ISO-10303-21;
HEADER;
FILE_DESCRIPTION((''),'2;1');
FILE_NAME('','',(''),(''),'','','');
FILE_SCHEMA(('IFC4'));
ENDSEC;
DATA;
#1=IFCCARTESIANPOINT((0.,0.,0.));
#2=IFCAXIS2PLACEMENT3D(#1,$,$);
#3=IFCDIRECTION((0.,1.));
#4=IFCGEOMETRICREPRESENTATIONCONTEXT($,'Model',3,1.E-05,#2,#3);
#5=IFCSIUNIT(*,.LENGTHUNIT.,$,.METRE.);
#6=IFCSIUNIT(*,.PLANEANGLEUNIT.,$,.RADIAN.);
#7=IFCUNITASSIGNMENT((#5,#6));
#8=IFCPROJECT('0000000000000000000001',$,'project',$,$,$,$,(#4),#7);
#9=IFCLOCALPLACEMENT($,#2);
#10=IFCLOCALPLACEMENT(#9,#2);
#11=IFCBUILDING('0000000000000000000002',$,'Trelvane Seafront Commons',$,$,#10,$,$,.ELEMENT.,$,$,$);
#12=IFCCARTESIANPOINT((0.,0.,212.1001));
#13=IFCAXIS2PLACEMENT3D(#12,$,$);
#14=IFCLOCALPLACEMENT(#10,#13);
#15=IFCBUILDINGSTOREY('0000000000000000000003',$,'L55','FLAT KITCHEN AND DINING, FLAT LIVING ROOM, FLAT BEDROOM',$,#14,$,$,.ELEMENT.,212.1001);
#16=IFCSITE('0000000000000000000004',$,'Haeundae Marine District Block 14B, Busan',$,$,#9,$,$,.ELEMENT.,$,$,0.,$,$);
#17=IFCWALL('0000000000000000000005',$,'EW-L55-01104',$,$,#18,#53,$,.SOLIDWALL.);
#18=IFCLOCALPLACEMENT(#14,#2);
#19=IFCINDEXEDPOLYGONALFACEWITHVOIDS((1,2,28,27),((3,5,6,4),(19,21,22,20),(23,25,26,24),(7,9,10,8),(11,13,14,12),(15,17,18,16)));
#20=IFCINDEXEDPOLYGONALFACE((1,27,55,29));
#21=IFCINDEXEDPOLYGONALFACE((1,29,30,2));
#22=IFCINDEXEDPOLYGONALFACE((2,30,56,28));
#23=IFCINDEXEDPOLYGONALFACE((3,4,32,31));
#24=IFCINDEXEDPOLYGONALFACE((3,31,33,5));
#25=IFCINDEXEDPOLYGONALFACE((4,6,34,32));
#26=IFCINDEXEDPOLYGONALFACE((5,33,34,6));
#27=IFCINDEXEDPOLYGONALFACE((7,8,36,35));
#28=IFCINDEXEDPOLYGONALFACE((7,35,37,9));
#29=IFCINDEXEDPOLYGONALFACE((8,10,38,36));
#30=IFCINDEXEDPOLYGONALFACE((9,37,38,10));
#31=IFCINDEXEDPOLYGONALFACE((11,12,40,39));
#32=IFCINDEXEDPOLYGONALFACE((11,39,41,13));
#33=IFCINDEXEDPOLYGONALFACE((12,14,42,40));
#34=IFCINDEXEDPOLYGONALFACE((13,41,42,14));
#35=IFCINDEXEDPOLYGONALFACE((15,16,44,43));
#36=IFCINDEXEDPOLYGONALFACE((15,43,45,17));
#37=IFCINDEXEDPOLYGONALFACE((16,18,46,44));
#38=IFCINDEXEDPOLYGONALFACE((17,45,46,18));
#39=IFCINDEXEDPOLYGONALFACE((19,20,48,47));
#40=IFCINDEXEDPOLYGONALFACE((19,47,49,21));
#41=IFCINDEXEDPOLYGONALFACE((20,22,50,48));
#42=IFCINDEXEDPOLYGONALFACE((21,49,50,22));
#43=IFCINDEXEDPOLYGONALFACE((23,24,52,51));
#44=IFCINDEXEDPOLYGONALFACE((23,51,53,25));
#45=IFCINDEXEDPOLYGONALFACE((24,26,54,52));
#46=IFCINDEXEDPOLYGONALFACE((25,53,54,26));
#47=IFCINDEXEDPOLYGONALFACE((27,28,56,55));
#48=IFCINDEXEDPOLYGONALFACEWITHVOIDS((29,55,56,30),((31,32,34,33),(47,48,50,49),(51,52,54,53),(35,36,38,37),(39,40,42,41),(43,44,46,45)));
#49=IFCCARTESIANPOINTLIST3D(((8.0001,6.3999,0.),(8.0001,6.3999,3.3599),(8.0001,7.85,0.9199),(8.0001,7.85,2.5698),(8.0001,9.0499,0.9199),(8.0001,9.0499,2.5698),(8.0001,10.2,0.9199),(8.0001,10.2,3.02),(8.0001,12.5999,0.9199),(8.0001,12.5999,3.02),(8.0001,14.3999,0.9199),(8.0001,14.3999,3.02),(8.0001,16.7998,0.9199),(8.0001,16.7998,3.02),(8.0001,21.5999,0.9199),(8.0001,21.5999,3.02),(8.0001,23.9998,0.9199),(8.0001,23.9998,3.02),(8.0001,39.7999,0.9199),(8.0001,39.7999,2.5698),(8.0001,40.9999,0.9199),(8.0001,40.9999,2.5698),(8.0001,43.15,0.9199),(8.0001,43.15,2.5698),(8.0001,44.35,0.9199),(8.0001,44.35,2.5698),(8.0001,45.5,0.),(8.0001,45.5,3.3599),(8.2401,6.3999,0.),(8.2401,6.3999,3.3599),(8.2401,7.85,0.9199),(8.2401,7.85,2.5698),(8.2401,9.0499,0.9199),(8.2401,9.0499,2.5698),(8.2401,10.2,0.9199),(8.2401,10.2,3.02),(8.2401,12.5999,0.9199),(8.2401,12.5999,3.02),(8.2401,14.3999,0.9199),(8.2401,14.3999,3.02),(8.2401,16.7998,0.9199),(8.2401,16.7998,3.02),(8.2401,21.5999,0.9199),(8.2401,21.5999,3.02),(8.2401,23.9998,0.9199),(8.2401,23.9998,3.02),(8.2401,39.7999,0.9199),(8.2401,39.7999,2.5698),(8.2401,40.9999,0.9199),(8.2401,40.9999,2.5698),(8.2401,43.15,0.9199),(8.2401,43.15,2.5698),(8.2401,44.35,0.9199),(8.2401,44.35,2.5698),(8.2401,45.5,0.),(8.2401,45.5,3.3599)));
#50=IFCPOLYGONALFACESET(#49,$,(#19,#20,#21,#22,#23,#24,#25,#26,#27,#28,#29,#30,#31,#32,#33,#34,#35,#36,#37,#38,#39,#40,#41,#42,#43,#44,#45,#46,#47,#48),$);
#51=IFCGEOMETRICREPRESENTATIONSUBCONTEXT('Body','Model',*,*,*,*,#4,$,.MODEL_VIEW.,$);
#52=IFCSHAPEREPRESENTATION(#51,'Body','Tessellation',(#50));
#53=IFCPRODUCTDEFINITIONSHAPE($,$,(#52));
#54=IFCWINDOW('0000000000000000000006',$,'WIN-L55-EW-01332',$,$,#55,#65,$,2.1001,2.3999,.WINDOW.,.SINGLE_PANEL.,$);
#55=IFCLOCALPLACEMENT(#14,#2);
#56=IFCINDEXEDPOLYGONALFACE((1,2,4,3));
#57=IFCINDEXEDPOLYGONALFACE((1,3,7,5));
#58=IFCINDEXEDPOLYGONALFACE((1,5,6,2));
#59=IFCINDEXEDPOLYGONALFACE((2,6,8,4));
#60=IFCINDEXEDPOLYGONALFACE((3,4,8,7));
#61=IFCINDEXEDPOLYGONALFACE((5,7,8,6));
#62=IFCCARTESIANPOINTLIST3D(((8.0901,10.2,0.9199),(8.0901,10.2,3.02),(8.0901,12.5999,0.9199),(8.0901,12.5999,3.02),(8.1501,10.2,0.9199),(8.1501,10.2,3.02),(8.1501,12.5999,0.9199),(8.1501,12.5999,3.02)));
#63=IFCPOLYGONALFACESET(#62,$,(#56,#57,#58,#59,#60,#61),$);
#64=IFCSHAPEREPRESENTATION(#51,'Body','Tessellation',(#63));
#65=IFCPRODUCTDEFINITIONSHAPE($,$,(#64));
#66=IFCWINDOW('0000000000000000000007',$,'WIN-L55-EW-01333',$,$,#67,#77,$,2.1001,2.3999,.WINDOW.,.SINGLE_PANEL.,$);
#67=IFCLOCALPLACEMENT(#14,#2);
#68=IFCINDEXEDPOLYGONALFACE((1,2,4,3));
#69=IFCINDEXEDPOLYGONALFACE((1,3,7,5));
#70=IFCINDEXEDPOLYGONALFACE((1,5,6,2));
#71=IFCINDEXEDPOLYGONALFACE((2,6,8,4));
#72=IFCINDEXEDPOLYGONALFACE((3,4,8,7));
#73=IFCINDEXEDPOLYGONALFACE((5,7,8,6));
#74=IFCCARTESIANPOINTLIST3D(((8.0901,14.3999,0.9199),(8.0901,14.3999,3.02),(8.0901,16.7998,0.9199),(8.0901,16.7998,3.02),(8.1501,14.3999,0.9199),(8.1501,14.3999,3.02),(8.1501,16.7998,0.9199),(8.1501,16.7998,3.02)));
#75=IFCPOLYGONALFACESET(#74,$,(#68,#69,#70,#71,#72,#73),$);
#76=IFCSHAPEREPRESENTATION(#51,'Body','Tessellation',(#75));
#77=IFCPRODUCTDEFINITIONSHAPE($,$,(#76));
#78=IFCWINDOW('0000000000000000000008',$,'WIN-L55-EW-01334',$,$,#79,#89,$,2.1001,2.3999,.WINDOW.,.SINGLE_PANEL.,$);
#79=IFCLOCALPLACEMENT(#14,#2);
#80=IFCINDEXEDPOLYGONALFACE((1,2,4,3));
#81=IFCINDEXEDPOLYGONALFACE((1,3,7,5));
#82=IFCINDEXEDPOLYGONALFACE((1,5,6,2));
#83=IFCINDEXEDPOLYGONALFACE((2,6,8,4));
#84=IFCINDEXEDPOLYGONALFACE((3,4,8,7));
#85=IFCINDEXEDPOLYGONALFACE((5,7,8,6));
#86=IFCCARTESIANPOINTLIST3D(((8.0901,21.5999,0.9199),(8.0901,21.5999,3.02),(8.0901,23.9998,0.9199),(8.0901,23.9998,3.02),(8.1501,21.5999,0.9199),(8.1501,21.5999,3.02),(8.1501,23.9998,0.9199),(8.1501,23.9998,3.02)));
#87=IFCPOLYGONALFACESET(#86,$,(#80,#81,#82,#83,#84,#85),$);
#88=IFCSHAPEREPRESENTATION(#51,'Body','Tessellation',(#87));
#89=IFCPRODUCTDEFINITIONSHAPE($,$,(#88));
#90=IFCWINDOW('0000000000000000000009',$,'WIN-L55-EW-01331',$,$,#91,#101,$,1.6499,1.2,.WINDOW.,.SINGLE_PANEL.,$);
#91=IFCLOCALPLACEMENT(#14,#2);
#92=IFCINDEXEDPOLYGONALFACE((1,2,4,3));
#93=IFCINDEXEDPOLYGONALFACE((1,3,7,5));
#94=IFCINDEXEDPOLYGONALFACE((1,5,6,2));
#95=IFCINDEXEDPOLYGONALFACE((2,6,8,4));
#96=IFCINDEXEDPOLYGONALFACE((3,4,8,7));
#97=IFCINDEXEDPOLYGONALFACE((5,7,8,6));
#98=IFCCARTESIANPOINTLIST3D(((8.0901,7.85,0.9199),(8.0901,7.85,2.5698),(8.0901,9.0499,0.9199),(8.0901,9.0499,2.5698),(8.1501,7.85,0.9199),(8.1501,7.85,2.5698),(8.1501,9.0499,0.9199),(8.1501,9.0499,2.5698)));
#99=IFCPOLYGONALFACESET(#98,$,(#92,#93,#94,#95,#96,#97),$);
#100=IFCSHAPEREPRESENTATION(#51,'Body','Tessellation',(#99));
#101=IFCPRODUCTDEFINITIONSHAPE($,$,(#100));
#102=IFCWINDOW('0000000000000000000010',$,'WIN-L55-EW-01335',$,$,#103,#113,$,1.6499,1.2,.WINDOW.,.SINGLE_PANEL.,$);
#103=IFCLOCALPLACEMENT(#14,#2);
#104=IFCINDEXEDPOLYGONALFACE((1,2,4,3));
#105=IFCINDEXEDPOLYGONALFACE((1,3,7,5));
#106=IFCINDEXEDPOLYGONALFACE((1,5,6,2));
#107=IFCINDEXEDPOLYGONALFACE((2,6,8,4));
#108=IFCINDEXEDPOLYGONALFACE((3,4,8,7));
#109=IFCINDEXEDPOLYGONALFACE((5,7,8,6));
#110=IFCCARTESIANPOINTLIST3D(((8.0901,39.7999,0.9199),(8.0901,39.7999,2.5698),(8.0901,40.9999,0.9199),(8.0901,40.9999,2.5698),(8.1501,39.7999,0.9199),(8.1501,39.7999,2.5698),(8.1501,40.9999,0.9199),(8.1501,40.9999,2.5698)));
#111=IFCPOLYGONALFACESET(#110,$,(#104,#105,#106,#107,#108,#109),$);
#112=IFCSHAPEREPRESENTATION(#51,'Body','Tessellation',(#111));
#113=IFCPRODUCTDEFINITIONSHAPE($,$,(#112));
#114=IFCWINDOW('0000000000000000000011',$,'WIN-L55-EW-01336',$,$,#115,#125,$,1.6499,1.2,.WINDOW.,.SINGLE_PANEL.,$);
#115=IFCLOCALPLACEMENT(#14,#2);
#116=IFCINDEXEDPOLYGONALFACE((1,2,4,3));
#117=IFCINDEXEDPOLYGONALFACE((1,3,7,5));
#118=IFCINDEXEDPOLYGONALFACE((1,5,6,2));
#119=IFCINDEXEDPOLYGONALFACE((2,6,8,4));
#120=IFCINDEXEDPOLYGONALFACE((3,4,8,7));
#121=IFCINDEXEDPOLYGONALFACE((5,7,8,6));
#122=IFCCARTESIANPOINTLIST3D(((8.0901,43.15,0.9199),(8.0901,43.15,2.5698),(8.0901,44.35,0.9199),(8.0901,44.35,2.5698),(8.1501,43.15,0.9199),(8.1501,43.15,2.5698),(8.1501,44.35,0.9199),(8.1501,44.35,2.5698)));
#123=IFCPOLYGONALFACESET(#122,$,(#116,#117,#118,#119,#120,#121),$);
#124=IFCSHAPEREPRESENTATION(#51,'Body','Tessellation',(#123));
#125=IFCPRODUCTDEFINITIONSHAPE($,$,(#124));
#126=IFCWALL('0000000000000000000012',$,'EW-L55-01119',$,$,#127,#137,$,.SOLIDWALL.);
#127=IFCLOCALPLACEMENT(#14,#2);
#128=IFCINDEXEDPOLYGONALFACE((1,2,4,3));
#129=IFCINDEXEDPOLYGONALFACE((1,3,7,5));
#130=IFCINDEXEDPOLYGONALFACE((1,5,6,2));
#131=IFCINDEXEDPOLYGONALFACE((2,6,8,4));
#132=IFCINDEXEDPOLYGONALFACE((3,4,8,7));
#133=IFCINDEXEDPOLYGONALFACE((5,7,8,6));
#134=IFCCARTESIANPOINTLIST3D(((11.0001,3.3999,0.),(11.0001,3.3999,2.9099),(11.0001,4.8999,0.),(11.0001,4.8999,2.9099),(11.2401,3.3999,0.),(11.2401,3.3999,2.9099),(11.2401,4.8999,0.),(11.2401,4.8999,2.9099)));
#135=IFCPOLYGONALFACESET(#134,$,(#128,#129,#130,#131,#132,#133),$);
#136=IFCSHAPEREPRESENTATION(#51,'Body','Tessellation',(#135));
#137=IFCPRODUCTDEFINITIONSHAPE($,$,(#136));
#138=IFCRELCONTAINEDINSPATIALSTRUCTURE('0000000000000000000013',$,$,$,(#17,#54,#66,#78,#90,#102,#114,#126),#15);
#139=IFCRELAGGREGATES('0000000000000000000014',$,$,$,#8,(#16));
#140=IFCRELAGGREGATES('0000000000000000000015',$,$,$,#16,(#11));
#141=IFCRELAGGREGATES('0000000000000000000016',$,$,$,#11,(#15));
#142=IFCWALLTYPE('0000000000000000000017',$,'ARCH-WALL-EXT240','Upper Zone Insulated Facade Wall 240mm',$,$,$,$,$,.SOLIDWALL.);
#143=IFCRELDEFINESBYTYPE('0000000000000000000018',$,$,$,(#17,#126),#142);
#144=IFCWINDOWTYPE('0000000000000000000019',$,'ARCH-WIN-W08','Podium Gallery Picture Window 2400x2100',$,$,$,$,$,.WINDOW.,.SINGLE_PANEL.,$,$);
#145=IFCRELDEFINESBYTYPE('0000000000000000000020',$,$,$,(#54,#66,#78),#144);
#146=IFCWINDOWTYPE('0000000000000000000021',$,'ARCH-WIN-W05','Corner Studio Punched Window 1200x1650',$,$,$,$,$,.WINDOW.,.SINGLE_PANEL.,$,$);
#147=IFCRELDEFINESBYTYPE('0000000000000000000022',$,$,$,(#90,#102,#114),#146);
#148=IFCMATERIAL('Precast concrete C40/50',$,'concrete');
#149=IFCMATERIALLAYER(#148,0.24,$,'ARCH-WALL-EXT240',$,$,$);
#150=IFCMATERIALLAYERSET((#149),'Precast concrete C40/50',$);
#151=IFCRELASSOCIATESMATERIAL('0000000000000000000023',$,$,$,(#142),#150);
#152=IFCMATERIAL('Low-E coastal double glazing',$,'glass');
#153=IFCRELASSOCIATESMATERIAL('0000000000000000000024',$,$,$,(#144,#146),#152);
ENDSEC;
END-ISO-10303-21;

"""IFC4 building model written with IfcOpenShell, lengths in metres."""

from ifc_helpers import new_model, si_unit, direction, frame, frame_2d, origin, place, context, subcontext, project, spatial, rectangle, extrude, source, transform, mapped, material, layer, layer_set, type_object, element, fill, save


model = new_model("IFC4")

# Units and contexts
model_context = context("Model", 3, precision=1e-05, world=origin(), true_north=direction((0.0, 1.0)))
body_context = subcontext(model_context, "Body", "Model", "MODEL_VIEW")
ifc_project = project(units=[si_unit("LENGTHUNIT", "METRE"), si_unit("PLANEANGLEUNIT", "RADIAN")], contexts=[model_context])

# Site, building, storey
site_placement = place(None, origin())
site = spatial("IfcSite", under=ifc_project, at=site_placement, Name="Haeundae Marine District Block 14B, Busan", CompositionType="ELEMENT", RefElevation=0.0)
building_placement = place(site_placement, origin())
building = spatial("IfcBuilding", under=site, at=building_placement, Name="Trelvane Seafront Commons", CompositionType="ELEMENT")
storey_placement = place(building_placement, frame((0.0, 0.0, 212.1001)))
storey = spatial("IfcBuildingStorey", under=building, at=storey_placement, Name="L55", Description="FLAT KITCHEN AND DINING, FLAT LIVING ROOM, FLAT BEDROOM", CompositionType="ELEMENT", Elevation=212.1001)

# Shared definitions
ifc_material_1 = material(Name="Precast concrete C40/50", Category="concrete")
ifc_layer_1 = layer(ifc_material_1, 0.24, Name="ARCH-WALL-EXT240")
ifc_layer_set_1 = layer_set([ifc_layer_1], Name="Precast concrete C40/50")
wall_type_1 = type_object("IfcWallType", Name="ARCH-WALL-EXT240", Description="Upper Zone Insulated Facade Wall 240mm", PredefinedType="SOLIDWALL", material=ifc_layer_set_1)

# Wall, openings, windows
wall_1_placement = place(storey_placement, frame((8.1201, 6.3999, 0.0), z_axis=(0.0, 0.0, 1.0), x_axis=(0.0, 1.0, 0.0)))
wall_1 = element("IfcWall", 1, at=wall_1_placement, inside=storey, type_object=wall_type_1, Name="EW-L55-01104", PredefinedType="SOLIDWALL", context=body_context, shape_type="SweptSolid", body=[
    extrude(rectangle(XDim=39.1001, YDim=0.24, at=frame_2d((19.55, 0.0))), origin(), (0.0, 0.0, 1.0), 3.3599),
])
opening_1_placement = place(wall_1_placement, frame((1.45, 0.0, 0.9199)))
opening_1 = element("IfcOpeningElement", 2, at=opening_1_placement, cuts=wall_1, PredefinedType="OPENING", context=body_context, shape_type="SweptSolid", body=[
    extrude(rectangle(XDim=1.2, YDim=1.6499, at=frame_2d((0.6001, 0.825))), frame((0.0, 0.1299, 0.0), z_axis=(0.0, -1.0, 0.0), x_axis=(1.0, 0.0, 0.0)), (0.0, 0.0, 1.0), 0.26),
])
opening_2_placement = place(wall_1_placement, frame((3.8, 0.0, 0.9199)))
opening_2 = element("IfcOpeningElement", 3, at=opening_2_placement, cuts=wall_1, PredefinedType="OPENING", context=body_context, shape_type="SweptSolid", body=[
    extrude(rectangle(XDim=2.3999, YDim=2.1001, at=frame_2d((1.2, 1.05))), frame((0.0, 0.1299, 0.0), z_axis=(0.0, -1.0, 0.0), x_axis=(1.0, 0.0, 0.0)), (0.0, 0.0, 1.0), 0.26),
])
opening_3_placement = place(wall_1_placement, frame((8.0, 0.0, 0.9199)))
opening_3 = element("IfcOpeningElement", 4, at=opening_3_placement, cuts=wall_1, PredefinedType="OPENING", context=body_context, shape_type="SweptSolid", body=[
    extrude(rectangle(XDim=2.3999, YDim=2.1001, at=frame_2d((1.2, 1.05))), frame((0.0, 0.1299, 0.0), z_axis=(0.0, -1.0, 0.0), x_axis=(1.0, 0.0, 0.0)), (0.0, 0.0, 1.0), 0.26),
])
opening_4_placement = place(wall_1_placement, frame((15.2, 0.0, 0.9199)))
opening_4 = element("IfcOpeningElement", 5, at=opening_4_placement, cuts=wall_1, PredefinedType="OPENING", context=body_context, shape_type="SweptSolid", body=[
    extrude(rectangle(XDim=2.3999, YDim=2.1001, at=frame_2d((1.2, 1.05))), frame((0.0, 0.1299, 0.0), z_axis=(0.0, -1.0, 0.0), x_axis=(1.0, 0.0, 0.0)), (0.0, 0.0, 1.0), 0.26),
])
opening_5_placement = place(wall_1_placement, frame((33.3999, 0.0, 0.9199)))
opening_5 = element("IfcOpeningElement", 6, at=opening_5_placement, cuts=wall_1, PredefinedType="OPENING", context=body_context, shape_type="SweptSolid", body=[
    extrude(rectangle(XDim=1.2, YDim=1.6499, at=frame_2d((0.6001, 0.825))), frame((0.0, 0.1299, 0.0), z_axis=(0.0, -1.0, 0.0), x_axis=(1.0, 0.0, 0.0)), (0.0, 0.0, 1.0), 0.26),
])
opening_6_placement = place(wall_1_placement, frame((36.75, 0.0, 0.9199)))
opening_6 = element("IfcOpeningElement", 7, at=opening_6_placement, cuts=wall_1, PredefinedType="OPENING", context=body_context, shape_type="SweptSolid", body=[
    extrude(rectangle(XDim=1.2, YDim=1.6499, at=frame_2d((0.6001, 0.825))), frame((0.0, 0.1299, 0.0), z_axis=(0.0, -1.0, 0.0), x_axis=(1.0, 0.0, 0.0)), (0.0, 0.0, 1.0), 0.26),
])
ifc_material_2 = material(Name="Low-E coastal double glazing", Category="glass")
window_type_1 = type_object("IfcWindowType", Name="ARCH-WIN-W08", Description="Podium Gallery Picture Window 2400x2100", PartitioningType="SINGLE_PANEL", PredefinedType="WINDOW", material=ifc_material_2)
shared_shape_1 = source(origin(), body_context, "Body", "SweptSolid", [
    extrude(rectangle(XDim=2.3999, YDim=2.1001, at=frame_2d((1.2, 1.05))), frame((0.0, 0.03, 0.0), z_axis=(0.0, -1.0, 0.0), x_axis=(1.0, 0.0, 0.0)), (0.0, 0.0, 1.0), 0.0601),
])
window_1_placement = place(opening_2_placement, origin())
window_1 = element("IfcWindow", 8, at=window_1_placement, inside=storey, type_object=window_type_1, Name="WIN-L55-EW-01332", OverallHeight=2.1001, OverallWidth=2.3999, PartitioningType="SINGLE_PANEL", PredefinedType="WINDOW", context=body_context, shape_type="MappedRepresentation", body=[
    mapped(shared_shape_1, transform((0.0, 0.0, 0.0), x_axis=(1.0, 0.0, 0.0), y_axis=(0.0, 1.0, 0.0), z_axis=(0.0, 0.0, 1.0), scale=1.0)),
])
fill(opening_2, window_1)
window_2_placement = place(opening_3_placement, origin())
window_2 = element("IfcWindow", 9, at=window_2_placement, inside=storey, type_object=window_type_1, Name="WIN-L55-EW-01333", OverallHeight=2.1001, OverallWidth=2.3999, PartitioningType="SINGLE_PANEL", PredefinedType="WINDOW", context=body_context, shape_type="MappedRepresentation", body=[
    mapped(shared_shape_1, transform((0.0, 0.0, 0.0), x_axis=(1.0, 0.0, 0.0), y_axis=(0.0, 1.0, 0.0), z_axis=(0.0, 0.0, 1.0), scale=1.0)),
])
fill(opening_3, window_2)
window_3_placement = place(opening_4_placement, origin())
window_3 = element("IfcWindow", 10, at=window_3_placement, inside=storey, type_object=window_type_1, Name="WIN-L55-EW-01334", OverallHeight=2.1001, OverallWidth=2.3999, PartitioningType="SINGLE_PANEL", PredefinedType="WINDOW", context=body_context, shape_type="MappedRepresentation", body=[
    mapped(shared_shape_1, transform((0.0, 0.0, 0.0), x_axis=(1.0, 0.0, 0.0), y_axis=(0.0, 1.0, 0.0), z_axis=(0.0, 0.0, 1.0), scale=1.0)),
])
fill(opening_4, window_3)
window_type_2 = type_object("IfcWindowType", Name="ARCH-WIN-W05", Description="Corner Studio Punched Window 1200x1650", PartitioningType="SINGLE_PANEL", PredefinedType="WINDOW", material=ifc_material_2)
shared_shape_2 = source(origin(), body_context, "Body", "SweptSolid", [
    extrude(rectangle(XDim=1.2, YDim=1.6499, at=frame_2d((0.6001, 0.825))), frame((0.0, 0.03, 0.0), z_axis=(0.0, -1.0, 0.0), x_axis=(1.0, 0.0, 0.0)), (0.0, 0.0, 1.0), 0.0601),
])
window_4_placement = place(opening_1_placement, origin())
window_4 = element("IfcWindow", 11, at=window_4_placement, inside=storey, type_object=window_type_2, Name="WIN-L55-EW-01331", OverallHeight=1.6499, OverallWidth=1.2, PartitioningType="SINGLE_PANEL", PredefinedType="WINDOW", context=body_context, shape_type="MappedRepresentation", body=[
    mapped(shared_shape_2, transform((0.0, 0.0, 0.0), x_axis=(1.0, 0.0, 0.0), y_axis=(0.0, 1.0, 0.0), z_axis=(0.0, 0.0, 1.0), scale=1.0)),
])
fill(opening_1, window_4)
window_5_placement = place(opening_5_placement, origin())
window_5 = element("IfcWindow", 12, at=window_5_placement, inside=storey, type_object=window_type_2, Name="WIN-L55-EW-01335", OverallHeight=1.6499, OverallWidth=1.2, PartitioningType="SINGLE_PANEL", PredefinedType="WINDOW", context=body_context, shape_type="MappedRepresentation", body=[
    mapped(shared_shape_2, transform((0.0, 0.0, 0.0), x_axis=(1.0, 0.0, 0.0), y_axis=(0.0, 1.0, 0.0), z_axis=(0.0, 0.0, 1.0), scale=1.0)),
])
fill(opening_5, window_5)
window_6_placement = place(opening_6_placement, origin())
window_6 = element("IfcWindow", 13, at=window_6_placement, inside=storey, type_object=window_type_2, Name="WIN-L55-EW-01336", OverallHeight=1.6499, OverallWidth=1.2, PartitioningType="SINGLE_PANEL", PredefinedType="WINDOW", context=body_context, shape_type="MappedRepresentation", body=[
    mapped(shared_shape_2, transform((0.0, 0.0, 0.0), x_axis=(1.0, 0.0, 0.0), y_axis=(0.0, 1.0, 0.0), z_axis=(0.0, 0.0, 1.0), scale=1.0)),
])
fill(opening_6, window_6)

# Wall
wall_2_placement = place(storey_placement, frame((11.1201, 3.3999, 0.0), z_axis=(0.0, 0.0, 1.0), x_axis=(0.0, 1.0, 0.0)))
element("IfcWall", 14, at=wall_2_placement, inside=storey, type_object=wall_type_1, Name="EW-L55-01119", PredefinedType="SOLIDWALL", context=body_context, shape_type="SweptSolid", body=[
    extrude(rectangle(XDim=1.5, YDim=0.24, at=frame_2d((0.75, 0.0))), origin(), (0.0, 0.0, 1.0), 2.9099),
])

save(model, "model.ifc")
